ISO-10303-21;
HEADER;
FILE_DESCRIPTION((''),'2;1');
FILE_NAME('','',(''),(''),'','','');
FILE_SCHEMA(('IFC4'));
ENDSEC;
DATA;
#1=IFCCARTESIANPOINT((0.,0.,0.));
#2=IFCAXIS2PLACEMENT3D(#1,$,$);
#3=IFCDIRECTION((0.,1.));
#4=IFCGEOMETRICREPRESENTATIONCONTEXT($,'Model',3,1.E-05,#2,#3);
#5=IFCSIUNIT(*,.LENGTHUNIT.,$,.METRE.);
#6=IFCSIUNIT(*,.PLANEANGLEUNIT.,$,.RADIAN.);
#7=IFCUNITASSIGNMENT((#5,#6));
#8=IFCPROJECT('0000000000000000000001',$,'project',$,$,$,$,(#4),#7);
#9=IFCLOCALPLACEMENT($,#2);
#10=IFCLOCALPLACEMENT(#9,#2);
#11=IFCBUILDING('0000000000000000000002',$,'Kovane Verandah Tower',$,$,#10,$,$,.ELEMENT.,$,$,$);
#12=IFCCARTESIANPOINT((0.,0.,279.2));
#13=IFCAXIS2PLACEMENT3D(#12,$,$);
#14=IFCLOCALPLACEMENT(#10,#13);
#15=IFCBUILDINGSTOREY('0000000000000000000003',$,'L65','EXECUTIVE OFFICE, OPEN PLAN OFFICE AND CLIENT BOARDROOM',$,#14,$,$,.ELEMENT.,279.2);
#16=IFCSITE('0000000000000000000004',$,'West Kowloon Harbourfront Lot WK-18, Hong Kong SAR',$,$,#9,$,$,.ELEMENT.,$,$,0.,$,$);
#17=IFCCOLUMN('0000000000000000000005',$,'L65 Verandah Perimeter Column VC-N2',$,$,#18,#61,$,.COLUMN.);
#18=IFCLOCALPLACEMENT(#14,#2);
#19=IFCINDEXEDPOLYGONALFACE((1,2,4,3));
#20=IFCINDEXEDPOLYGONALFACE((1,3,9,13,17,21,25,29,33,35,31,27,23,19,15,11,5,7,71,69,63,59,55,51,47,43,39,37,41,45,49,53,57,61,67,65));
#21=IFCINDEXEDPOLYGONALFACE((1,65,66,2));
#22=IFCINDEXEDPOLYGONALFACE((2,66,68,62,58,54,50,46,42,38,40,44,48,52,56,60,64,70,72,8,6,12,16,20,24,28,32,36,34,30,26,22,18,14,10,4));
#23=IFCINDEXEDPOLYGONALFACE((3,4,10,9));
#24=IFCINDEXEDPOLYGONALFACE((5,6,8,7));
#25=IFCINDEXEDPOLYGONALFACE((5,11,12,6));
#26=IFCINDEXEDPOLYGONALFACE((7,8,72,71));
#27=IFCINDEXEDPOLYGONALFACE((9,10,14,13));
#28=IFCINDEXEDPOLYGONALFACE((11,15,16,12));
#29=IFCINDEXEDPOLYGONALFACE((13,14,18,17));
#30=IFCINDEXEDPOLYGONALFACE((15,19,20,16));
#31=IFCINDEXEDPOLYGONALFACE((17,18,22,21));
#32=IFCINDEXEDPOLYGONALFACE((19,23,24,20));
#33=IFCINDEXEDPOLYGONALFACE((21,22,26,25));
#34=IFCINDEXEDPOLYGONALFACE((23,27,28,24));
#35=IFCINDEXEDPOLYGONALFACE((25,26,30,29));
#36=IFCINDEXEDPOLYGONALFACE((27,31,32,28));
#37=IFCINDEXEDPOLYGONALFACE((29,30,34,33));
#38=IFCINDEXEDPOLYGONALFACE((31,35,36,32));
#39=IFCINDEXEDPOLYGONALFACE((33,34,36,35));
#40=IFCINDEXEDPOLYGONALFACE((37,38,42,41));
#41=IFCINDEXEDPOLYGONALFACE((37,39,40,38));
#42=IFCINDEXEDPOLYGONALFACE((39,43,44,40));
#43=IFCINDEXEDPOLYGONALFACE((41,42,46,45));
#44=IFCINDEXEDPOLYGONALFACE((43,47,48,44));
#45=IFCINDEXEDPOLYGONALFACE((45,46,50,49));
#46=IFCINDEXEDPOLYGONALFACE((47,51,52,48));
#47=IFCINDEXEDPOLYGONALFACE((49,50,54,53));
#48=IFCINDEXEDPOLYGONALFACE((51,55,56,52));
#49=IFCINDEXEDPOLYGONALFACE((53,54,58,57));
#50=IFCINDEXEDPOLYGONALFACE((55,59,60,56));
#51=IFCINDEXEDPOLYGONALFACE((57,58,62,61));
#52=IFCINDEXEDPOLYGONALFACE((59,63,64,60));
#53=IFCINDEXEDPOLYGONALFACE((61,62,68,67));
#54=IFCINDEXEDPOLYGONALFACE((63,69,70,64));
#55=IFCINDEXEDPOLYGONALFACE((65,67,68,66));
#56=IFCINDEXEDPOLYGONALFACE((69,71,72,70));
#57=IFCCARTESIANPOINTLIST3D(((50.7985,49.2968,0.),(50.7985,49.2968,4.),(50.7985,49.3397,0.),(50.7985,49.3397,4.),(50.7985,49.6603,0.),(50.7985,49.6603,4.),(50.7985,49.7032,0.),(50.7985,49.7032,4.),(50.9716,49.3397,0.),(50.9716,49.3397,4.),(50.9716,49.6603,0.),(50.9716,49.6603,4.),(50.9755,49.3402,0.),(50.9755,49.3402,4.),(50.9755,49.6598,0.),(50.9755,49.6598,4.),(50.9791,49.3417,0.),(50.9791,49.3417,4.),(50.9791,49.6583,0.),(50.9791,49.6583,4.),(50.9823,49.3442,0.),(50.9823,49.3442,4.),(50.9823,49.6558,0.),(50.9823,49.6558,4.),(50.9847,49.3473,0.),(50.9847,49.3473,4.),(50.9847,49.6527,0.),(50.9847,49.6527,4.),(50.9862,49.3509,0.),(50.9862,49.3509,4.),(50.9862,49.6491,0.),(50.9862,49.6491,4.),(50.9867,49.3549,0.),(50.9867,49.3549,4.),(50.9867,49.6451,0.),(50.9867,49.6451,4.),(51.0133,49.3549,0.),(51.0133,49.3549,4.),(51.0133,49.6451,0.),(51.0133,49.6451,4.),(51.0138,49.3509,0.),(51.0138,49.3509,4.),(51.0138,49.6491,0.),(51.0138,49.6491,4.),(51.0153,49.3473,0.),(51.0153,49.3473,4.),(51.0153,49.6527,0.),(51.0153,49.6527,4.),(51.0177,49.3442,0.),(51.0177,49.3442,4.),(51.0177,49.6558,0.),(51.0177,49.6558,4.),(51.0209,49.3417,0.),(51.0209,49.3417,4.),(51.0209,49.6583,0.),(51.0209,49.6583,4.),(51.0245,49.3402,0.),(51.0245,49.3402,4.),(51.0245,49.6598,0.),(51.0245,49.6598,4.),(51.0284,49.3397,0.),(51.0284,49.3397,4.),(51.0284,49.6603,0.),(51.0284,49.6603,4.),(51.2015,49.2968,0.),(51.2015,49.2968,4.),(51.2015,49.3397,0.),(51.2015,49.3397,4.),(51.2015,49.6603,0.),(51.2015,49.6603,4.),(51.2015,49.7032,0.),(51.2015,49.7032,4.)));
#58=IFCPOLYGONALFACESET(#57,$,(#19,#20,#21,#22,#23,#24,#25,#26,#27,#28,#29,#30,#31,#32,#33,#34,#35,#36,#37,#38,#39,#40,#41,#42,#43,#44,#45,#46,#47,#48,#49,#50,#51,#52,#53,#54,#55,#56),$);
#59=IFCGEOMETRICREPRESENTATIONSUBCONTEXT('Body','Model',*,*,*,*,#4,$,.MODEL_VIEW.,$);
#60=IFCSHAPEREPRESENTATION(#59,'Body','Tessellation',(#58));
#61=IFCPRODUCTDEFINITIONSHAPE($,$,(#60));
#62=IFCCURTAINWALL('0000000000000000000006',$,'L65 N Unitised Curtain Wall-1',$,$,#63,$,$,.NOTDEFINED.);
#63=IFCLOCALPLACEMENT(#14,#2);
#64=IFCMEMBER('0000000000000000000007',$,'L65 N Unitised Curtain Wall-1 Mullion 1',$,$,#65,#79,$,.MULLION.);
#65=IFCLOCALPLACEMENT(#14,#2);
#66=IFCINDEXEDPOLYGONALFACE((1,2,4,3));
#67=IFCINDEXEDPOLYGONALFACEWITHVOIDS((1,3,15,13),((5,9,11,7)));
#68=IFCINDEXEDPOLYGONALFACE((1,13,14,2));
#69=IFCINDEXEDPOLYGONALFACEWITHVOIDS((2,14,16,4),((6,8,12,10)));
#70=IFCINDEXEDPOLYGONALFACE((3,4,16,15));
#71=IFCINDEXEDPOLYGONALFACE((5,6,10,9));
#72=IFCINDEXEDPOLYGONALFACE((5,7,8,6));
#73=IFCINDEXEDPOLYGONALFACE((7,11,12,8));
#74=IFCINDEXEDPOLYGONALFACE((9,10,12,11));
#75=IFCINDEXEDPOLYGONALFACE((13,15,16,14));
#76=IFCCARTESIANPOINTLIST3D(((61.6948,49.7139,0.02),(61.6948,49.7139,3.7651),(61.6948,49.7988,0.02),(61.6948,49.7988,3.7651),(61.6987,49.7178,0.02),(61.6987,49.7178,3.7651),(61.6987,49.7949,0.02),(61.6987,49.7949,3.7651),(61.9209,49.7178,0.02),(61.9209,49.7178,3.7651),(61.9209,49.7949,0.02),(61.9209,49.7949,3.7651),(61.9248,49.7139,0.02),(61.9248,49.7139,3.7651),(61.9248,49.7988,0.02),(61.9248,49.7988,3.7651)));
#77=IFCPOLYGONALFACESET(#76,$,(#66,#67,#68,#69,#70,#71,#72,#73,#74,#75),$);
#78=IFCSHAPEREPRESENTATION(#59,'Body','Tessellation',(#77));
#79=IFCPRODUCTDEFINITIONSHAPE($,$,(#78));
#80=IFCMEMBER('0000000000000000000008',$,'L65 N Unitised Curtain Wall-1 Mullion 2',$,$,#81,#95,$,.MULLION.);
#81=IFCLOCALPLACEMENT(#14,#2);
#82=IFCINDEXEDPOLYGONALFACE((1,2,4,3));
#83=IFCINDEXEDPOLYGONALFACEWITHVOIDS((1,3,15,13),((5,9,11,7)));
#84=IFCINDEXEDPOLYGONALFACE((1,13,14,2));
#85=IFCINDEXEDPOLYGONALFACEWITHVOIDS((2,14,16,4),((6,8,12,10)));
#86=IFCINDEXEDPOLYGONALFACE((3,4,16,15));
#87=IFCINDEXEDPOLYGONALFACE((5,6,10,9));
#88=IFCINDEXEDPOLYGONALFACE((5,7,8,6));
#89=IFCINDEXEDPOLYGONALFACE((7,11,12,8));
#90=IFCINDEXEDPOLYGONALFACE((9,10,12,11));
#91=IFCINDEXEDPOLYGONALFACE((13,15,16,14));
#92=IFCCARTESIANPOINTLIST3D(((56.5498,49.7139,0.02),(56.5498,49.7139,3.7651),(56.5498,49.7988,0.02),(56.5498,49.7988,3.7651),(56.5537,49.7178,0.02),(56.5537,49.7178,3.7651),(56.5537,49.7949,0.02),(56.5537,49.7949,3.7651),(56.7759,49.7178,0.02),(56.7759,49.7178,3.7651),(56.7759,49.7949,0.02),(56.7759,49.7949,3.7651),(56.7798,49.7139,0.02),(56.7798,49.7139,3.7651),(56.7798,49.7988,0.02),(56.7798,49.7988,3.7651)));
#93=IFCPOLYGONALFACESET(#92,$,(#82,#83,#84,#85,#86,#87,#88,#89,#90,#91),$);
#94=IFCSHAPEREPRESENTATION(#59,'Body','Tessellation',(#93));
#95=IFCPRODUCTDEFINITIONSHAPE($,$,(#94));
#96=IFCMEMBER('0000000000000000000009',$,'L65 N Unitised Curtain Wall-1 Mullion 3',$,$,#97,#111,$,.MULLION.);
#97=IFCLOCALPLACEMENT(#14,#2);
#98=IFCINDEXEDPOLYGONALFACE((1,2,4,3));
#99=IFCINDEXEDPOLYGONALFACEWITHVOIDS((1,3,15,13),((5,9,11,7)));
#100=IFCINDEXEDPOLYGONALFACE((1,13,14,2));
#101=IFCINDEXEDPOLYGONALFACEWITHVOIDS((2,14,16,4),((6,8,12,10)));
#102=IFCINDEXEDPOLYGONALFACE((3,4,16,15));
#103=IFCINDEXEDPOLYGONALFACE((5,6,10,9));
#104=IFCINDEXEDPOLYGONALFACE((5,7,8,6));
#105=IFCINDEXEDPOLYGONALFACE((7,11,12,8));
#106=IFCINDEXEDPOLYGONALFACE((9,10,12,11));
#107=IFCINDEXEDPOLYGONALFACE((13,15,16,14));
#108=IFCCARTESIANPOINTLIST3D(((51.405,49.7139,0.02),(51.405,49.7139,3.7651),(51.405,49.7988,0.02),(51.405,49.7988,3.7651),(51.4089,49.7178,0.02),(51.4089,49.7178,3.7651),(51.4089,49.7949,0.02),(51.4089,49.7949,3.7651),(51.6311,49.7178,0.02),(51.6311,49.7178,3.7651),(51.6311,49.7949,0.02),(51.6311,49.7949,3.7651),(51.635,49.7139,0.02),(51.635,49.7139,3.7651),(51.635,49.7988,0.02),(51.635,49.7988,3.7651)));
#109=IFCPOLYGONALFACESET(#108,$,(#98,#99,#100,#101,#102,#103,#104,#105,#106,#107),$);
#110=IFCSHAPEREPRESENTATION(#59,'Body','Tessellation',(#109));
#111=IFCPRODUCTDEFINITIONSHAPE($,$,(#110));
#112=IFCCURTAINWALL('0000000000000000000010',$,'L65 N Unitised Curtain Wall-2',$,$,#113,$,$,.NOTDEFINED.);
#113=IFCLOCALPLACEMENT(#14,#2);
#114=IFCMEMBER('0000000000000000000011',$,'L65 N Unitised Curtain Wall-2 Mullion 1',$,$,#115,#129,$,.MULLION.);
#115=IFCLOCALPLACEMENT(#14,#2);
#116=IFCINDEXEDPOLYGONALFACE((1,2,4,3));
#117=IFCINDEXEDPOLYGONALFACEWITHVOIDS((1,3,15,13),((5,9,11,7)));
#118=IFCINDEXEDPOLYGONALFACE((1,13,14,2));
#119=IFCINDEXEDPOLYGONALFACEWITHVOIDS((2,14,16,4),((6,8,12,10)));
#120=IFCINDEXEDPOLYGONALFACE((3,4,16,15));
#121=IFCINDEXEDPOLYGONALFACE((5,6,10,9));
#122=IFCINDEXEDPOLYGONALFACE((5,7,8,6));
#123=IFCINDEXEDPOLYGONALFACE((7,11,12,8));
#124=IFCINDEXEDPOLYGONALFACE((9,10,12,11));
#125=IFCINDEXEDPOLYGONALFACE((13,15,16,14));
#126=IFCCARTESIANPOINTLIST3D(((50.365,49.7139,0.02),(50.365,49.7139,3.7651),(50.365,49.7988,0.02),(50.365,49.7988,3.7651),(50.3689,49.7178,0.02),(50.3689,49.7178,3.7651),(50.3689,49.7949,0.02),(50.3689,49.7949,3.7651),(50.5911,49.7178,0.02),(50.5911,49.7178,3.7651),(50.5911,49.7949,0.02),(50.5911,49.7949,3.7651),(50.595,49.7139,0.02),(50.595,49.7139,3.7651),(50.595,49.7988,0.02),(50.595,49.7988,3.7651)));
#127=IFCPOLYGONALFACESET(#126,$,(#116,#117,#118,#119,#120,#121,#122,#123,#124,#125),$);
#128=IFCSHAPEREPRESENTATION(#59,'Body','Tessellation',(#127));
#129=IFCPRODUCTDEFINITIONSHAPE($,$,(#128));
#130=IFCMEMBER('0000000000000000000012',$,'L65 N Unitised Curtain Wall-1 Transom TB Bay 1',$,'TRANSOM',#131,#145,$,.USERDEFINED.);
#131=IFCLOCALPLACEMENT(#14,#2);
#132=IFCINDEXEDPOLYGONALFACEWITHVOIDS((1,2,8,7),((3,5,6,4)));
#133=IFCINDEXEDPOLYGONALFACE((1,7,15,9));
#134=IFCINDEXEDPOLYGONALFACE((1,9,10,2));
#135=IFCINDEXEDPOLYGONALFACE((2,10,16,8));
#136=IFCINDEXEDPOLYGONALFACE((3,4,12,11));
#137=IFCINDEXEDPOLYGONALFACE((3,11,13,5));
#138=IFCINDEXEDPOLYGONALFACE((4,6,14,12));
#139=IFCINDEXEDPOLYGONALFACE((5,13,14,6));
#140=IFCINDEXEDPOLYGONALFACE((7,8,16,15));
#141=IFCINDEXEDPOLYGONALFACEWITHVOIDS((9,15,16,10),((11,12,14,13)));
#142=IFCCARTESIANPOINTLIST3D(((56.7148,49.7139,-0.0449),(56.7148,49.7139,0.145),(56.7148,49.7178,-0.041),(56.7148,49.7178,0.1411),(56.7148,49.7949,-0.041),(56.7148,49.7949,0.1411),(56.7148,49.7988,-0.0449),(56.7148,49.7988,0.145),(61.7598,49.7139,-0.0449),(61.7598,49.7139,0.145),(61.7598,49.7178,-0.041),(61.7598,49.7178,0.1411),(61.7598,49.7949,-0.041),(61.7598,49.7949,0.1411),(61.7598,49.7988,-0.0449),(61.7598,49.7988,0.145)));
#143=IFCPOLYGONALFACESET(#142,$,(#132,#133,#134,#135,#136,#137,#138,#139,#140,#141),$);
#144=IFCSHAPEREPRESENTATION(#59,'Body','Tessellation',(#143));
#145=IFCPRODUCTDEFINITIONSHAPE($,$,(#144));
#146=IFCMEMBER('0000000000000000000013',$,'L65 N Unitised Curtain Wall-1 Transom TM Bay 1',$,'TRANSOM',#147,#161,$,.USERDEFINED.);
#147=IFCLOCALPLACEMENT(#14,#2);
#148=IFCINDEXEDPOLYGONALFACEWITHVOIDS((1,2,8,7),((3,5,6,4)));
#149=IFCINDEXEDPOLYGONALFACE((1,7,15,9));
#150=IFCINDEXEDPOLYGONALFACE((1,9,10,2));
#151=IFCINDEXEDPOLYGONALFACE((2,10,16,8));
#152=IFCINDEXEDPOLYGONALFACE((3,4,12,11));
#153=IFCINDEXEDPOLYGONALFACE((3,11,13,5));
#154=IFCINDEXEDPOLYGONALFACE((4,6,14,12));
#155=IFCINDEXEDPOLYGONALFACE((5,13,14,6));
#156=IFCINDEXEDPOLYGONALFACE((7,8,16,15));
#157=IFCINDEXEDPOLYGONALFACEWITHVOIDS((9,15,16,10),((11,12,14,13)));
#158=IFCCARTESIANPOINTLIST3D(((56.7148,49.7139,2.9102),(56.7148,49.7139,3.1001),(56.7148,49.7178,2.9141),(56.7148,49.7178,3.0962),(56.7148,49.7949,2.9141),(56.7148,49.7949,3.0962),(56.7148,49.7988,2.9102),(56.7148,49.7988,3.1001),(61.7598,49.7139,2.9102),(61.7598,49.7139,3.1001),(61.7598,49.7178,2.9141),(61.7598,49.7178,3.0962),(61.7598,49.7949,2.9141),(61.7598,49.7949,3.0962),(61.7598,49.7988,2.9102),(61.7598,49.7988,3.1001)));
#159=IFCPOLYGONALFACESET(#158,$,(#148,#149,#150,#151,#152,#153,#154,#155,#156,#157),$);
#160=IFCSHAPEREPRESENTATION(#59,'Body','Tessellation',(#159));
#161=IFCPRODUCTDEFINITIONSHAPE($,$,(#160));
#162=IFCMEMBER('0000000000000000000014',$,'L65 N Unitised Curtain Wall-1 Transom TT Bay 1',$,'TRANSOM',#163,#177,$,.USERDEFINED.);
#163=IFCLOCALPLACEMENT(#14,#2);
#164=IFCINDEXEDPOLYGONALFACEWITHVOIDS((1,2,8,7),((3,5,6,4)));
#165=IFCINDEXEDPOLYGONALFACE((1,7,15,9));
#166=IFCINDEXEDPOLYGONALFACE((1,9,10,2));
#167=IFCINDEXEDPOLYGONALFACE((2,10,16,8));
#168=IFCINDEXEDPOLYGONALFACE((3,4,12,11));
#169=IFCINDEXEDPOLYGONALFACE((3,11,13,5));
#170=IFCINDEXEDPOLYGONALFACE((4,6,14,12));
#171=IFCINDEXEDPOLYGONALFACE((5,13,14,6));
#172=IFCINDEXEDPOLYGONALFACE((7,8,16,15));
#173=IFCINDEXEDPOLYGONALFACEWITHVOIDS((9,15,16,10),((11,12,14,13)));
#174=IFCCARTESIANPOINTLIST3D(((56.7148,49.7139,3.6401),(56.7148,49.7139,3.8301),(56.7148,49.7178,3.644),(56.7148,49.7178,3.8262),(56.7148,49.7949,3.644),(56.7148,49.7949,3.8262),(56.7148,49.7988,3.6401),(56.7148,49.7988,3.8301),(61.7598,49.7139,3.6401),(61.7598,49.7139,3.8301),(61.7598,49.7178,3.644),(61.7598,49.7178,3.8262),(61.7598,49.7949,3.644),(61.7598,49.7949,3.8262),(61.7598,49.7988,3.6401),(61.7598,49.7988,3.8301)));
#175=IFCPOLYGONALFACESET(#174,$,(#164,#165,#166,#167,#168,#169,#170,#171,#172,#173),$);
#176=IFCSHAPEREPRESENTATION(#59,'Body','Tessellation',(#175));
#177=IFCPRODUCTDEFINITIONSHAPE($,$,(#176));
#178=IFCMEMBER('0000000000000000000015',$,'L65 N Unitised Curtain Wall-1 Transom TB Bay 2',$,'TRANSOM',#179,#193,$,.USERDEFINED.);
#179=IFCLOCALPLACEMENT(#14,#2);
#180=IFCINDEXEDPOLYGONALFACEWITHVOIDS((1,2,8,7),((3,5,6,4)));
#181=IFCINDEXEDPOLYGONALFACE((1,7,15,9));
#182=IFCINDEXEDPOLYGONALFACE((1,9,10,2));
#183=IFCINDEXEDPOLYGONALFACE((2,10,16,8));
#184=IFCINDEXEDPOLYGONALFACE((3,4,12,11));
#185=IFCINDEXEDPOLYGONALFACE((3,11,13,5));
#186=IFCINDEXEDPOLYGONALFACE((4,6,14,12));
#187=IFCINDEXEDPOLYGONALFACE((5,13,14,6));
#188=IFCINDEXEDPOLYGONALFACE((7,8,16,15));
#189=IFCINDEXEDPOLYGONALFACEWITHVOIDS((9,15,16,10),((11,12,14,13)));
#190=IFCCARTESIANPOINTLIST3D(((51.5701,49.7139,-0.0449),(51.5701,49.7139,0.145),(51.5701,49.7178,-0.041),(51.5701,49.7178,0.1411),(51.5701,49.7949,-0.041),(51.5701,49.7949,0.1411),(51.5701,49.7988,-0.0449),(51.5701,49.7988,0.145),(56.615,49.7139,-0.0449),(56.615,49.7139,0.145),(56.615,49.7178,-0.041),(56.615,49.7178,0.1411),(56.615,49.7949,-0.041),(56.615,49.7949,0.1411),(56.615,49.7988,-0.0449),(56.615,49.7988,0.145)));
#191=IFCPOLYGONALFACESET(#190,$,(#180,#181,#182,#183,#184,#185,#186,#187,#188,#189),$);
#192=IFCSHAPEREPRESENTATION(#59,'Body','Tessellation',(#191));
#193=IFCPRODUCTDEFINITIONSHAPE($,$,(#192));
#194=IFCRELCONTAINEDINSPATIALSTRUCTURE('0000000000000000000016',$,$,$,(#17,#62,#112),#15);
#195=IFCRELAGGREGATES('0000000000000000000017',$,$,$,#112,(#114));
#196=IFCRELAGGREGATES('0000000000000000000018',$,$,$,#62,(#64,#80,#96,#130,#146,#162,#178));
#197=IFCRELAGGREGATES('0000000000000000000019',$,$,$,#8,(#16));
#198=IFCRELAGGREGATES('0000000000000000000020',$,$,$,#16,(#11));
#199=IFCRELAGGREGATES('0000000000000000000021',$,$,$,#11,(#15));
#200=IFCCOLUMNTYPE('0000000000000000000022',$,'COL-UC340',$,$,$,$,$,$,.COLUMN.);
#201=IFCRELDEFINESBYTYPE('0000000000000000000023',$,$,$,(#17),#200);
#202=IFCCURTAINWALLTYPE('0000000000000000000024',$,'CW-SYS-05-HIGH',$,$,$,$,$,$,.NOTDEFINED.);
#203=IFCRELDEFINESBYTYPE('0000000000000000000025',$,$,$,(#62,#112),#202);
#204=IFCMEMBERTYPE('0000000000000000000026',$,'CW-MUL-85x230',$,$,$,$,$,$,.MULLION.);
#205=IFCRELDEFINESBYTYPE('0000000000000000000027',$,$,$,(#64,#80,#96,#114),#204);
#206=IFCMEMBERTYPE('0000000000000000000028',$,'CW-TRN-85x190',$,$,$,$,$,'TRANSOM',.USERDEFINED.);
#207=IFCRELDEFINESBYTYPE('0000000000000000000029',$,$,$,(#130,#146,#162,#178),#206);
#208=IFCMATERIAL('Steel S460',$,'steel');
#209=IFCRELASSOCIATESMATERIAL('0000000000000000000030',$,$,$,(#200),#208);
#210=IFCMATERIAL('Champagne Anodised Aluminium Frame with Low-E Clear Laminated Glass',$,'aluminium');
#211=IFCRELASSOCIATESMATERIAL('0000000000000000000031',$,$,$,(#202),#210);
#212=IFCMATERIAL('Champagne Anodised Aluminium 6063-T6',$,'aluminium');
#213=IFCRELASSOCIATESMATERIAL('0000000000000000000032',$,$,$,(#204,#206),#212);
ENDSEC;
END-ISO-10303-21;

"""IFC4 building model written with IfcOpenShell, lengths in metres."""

from ifc_helpers import new_model, si_unit, direction, frame, origin, origin_2d, place, context, subcontext, project, spatial, hollow_rectangle, i_section, extrude, material, material_profile, profile_set, type_object, element, aggregate, save


model = new_model("IFC4")

# Units and contexts
model_context = context("Model", 3, precision=1e-05, world=origin(), true_north=direction((0.0, 1.0)))
body_context = subcontext(model_context, "Body", "Model", "MODEL_VIEW")
ifc_project = project(units=[si_unit("LENGTHUNIT", "METRE"), si_unit("PLANEANGLEUNIT", "RADIAN")], contexts=[model_context])

# Site, building, storey
site_placement = place(None, origin())
site = spatial("IfcSite", under=ifc_project, at=site_placement, Name="West Kowloon Harbourfront Lot WK-18, Hong Kong SAR", CompositionType="ELEMENT", RefElevation=0.0)
building_placement = place(site_placement, origin())
building = spatial("IfcBuilding", under=site, at=building_placement, Name="Kovane Verandah Tower", CompositionType="ELEMENT")
storey_placement = place(building_placement, frame((0.0, 0.0, 279.2)))
storey = spatial("IfcBuildingStorey", under=building, at=storey_placement, Name="L65", Description="EXECUTIVE OFFICE, OPEN PLAN OFFICE AND CLIENT BOARDROOM", CompositionType="ELEMENT", Elevation=279.2)

# Column
ifc_material_1 = material(Name="Steel S460", Category="steel")
ifc_material_profile_1 = material_profile(ifc_material_1, i_section(OverallWidth=0.4031, OverallDepth=0.4065, WebThickness=0.0266, FlangeThickness=0.043, FilletRadius=0.0151, at=origin_2d()), Name="UC356x406x340")
ifc_profile_set_1 = profile_set([ifc_material_profile_1], Name="Steel S460")
column_type = type_object("IfcColumnType", Name="COL-UC340", PredefinedType="COLUMN", material=ifc_profile_set_1)
column_placement = place(storey_placement, frame((51.0, 49.5, 0.0), z_axis=(0.0, 0.0, 1.0), x_axis=(1.0, 0.0, 0.0)))
element("IfcColumn", 1, at=column_placement, inside=storey, type_object=column_type, Name="L65 Verandah Perimeter Column VC-N2", PredefinedType="COLUMN", context=body_context, shape_type="SweptSolid", body=[
    extrude(i_section(OverallWidth=0.4031, OverallDepth=0.4065, WebThickness=0.0266, FlangeThickness=0.043, FilletRadius=0.0151, at=origin_2d()), origin(), (0.0, 0.0, 1.0), 4.0),
])

# Curtain wall, members
ifc_material_2 = material(Name="Champagne Anodised Aluminium Frame with Low-E Clear Laminated Glass", Category="aluminium")
curtain_wall_type = type_object("IfcCurtainWallType", Name="CW-SYS-05-HIGH", PredefinedType="NOTDEFINED", material=ifc_material_2)
curtain_wall_1_placement = place(storey_placement, origin())
curtain_wall_1 = element("IfcCurtainWall", 2, at=curtain_wall_1_placement, inside=storey, type_object=curtain_wall_type, Name="L65 N Unitised Curtain Wall-1", PredefinedType="NOTDEFINED")
ifc_material_3 = material(Name="Champagne Anodised Aluminium 6063-T6", Category="aluminium")
ifc_material_profile_2 = material_profile(ifc_material_3, hollow_rectangle(XDim=0.085, YDim=0.23, WallThickness=0.0039, at=origin_2d()), Name="AL85x230x4")
ifc_profile_set_2 = profile_set([ifc_material_profile_2], Name="Champagne Anodised Aluminium 6063-T6")
member_type_1 = type_object("IfcMemberType", Name="CW-MUL-85x230", PredefinedType="MULLION", material=ifc_profile_set_2)
member_1_placement = place(storey_placement, frame((61.8098, 49.7563, 0.02), z_axis=(0.0, 0.0, 1.0), x_axis=(0.0, 1.0, 0.0)))
member_1 = element("IfcMember", 3, at=member_1_placement, type_object=member_type_1, Name="L65 N Unitised Curtain Wall-1 Mullion 1", PredefinedType="MULLION", context=body_context, shape_type="SweptSolid", body=[
    extrude(hollow_rectangle(XDim=0.085, YDim=0.23, WallThickness=0.0039, at=origin_2d()), origin(), (0.0, 0.0, 1.0), 3.7451),
])
member_2_placement = place(storey_placement, frame((56.6648, 49.7563, 0.02), z_axis=(0.0, 0.0, 1.0), x_axis=(0.0, 1.0, 0.0)))
member_2 = element("IfcMember", 4, at=member_2_placement, type_object=member_type_1, Name="L65 N Unitised Curtain Wall-1 Mullion 2", PredefinedType="MULLION", context=body_context, shape_type="SweptSolid", body=[
    extrude(hollow_rectangle(XDim=0.085, YDim=0.23, WallThickness=0.0039, at=origin_2d()), origin(), (0.0, 0.0, 1.0), 3.7451),
])
member_3_placement = place(storey_placement, frame((51.52, 49.7563, 0.02), z_axis=(0.0, 0.0, 1.0), x_axis=(0.0, 1.0, 0.0)))
member_3 = element("IfcMember", 5, at=member_3_placement, type_object=member_type_1, Name="L65 N Unitised Curtain Wall-1 Mullion 3", PredefinedType="MULLION", context=body_context, shape_type="SweptSolid", body=[
    extrude(hollow_rectangle(XDim=0.085, YDim=0.23, WallThickness=0.0039, at=origin_2d()), origin(), (0.0, 0.0, 1.0), 3.7451),
])

# Curtain wall, member
curtain_wall_2_placement = place(storey_placement, origin())
curtain_wall_2 = element("IfcCurtainWall", 6, at=curtain_wall_2_placement, inside=storey, type_object=curtain_wall_type, Name="L65 N Unitised Curtain Wall-2", PredefinedType="NOTDEFINED")
member_4_placement = place(storey_placement, frame((50.48, 49.7563, 0.02), z_axis=(0.0, 0.0, 1.0), x_axis=(0.0, 1.0, 0.0)))
member_4 = element("IfcMember", 7, at=member_4_placement, type_object=member_type_1, Name="L65 N Unitised Curtain Wall-2 Mullion 1", PredefinedType="MULLION", context=body_context, shape_type="SweptSolid", body=[
    extrude(hollow_rectangle(XDim=0.085, YDim=0.23, WallThickness=0.0039, at=origin_2d()), origin(), (0.0, 0.0, 1.0), 3.7451),
])

# Members
ifc_material_profile_3 = material_profile(ifc_material_3, hollow_rectangle(XDim=0.085, YDim=0.1899, WallThickness=0.0039, at=origin_2d()), Name="AL85x190x4")
ifc_profile_set_3 = profile_set([ifc_material_profile_3], Name="Champagne Anodised Aluminium 6063-T6")
member_type_2 = type_object("IfcMemberType", Name="CW-TRN-85x190", ElementType="TRANSOM", PredefinedType="USERDEFINED", material=ifc_profile_set_3)
member_5_placement = place(storey_placement, frame((61.7598, 49.7563, 0.05), z_axis=(-1.0, 0.0, 0.0), x_axis=(0.0, -1.0, 0.0)))
member_5 = element("IfcMember", 8, at=member_5_placement, type_object=member_type_2, Name="L65 N Unitised Curtain Wall-1 Transom TB Bay 1", ObjectType="TRANSOM", PredefinedType="USERDEFINED", context=body_context, shape_type="SweptSolid", body=[
    extrude(hollow_rectangle(XDim=0.085, YDim=0.1899, WallThickness=0.0039, at=origin_2d()), origin(), (0.0, 0.0, 1.0), 5.0449),
])
member_6_placement = place(storey_placement, frame((61.7598, 49.7563, 3.0051), z_axis=(-1.0, 0.0, 0.0), x_axis=(0.0, -1.0, 0.0)))
member_6 = element("IfcMember", 9, at=member_6_placement, type_object=member_type_2, Name="L65 N Unitised Curtain Wall-1 Transom TM Bay 1", ObjectType="TRANSOM", PredefinedType="USERDEFINED", context=body_context, shape_type="SweptSolid", body=[
    extrude(hollow_rectangle(XDim=0.085, YDim=0.1899, WallThickness=0.0039, at=origin_2d()), origin(), (0.0, 0.0, 1.0), 5.0449),
])
member_7_placement = place(storey_placement, frame((61.7598, 49.7563, 3.7351), z_axis=(-1.0, 0.0, 0.0), x_axis=(0.0, -1.0, 0.0)))
member_7 = element("IfcMember", 10, at=member_7_placement, type_object=member_type_2, Name="L65 N Unitised Curtain Wall-1 Transom TT Bay 1", ObjectType="TRANSOM", PredefinedType="USERDEFINED", context=body_context, shape_type="SweptSolid", body=[
    extrude(hollow_rectangle(XDim=0.085, YDim=0.1899, WallThickness=0.0039, at=origin_2d()), origin(), (0.0, 0.0, 1.0), 5.0449),
])
member_8_placement = place(storey_placement, frame((56.615, 49.7563, 0.05), z_axis=(-1.0, 0.0, 0.0), x_axis=(0.0, -1.0, 0.0)))
member_8 = element("IfcMember", 11, at=member_8_placement, type_object=member_type_2, Name="L65 N Unitised Curtain Wall-1 Transom TB Bay 2", ObjectType="TRANSOM", PredefinedType="USERDEFINED", context=body_context, shape_type="SweptSolid", body=[
    extrude(hollow_rectangle(XDim=0.085, YDim=0.1899, WallThickness=0.0039, at=origin_2d()), origin(), (0.0, 0.0, 1.0), 5.0449),
])
aggregate(curtain_wall_2, [member_4])

aggregate(curtain_wall_1, [member_1, member_2, member_3, member_5, member_6, member_7, member_8])

save(model, "model.ifc")
